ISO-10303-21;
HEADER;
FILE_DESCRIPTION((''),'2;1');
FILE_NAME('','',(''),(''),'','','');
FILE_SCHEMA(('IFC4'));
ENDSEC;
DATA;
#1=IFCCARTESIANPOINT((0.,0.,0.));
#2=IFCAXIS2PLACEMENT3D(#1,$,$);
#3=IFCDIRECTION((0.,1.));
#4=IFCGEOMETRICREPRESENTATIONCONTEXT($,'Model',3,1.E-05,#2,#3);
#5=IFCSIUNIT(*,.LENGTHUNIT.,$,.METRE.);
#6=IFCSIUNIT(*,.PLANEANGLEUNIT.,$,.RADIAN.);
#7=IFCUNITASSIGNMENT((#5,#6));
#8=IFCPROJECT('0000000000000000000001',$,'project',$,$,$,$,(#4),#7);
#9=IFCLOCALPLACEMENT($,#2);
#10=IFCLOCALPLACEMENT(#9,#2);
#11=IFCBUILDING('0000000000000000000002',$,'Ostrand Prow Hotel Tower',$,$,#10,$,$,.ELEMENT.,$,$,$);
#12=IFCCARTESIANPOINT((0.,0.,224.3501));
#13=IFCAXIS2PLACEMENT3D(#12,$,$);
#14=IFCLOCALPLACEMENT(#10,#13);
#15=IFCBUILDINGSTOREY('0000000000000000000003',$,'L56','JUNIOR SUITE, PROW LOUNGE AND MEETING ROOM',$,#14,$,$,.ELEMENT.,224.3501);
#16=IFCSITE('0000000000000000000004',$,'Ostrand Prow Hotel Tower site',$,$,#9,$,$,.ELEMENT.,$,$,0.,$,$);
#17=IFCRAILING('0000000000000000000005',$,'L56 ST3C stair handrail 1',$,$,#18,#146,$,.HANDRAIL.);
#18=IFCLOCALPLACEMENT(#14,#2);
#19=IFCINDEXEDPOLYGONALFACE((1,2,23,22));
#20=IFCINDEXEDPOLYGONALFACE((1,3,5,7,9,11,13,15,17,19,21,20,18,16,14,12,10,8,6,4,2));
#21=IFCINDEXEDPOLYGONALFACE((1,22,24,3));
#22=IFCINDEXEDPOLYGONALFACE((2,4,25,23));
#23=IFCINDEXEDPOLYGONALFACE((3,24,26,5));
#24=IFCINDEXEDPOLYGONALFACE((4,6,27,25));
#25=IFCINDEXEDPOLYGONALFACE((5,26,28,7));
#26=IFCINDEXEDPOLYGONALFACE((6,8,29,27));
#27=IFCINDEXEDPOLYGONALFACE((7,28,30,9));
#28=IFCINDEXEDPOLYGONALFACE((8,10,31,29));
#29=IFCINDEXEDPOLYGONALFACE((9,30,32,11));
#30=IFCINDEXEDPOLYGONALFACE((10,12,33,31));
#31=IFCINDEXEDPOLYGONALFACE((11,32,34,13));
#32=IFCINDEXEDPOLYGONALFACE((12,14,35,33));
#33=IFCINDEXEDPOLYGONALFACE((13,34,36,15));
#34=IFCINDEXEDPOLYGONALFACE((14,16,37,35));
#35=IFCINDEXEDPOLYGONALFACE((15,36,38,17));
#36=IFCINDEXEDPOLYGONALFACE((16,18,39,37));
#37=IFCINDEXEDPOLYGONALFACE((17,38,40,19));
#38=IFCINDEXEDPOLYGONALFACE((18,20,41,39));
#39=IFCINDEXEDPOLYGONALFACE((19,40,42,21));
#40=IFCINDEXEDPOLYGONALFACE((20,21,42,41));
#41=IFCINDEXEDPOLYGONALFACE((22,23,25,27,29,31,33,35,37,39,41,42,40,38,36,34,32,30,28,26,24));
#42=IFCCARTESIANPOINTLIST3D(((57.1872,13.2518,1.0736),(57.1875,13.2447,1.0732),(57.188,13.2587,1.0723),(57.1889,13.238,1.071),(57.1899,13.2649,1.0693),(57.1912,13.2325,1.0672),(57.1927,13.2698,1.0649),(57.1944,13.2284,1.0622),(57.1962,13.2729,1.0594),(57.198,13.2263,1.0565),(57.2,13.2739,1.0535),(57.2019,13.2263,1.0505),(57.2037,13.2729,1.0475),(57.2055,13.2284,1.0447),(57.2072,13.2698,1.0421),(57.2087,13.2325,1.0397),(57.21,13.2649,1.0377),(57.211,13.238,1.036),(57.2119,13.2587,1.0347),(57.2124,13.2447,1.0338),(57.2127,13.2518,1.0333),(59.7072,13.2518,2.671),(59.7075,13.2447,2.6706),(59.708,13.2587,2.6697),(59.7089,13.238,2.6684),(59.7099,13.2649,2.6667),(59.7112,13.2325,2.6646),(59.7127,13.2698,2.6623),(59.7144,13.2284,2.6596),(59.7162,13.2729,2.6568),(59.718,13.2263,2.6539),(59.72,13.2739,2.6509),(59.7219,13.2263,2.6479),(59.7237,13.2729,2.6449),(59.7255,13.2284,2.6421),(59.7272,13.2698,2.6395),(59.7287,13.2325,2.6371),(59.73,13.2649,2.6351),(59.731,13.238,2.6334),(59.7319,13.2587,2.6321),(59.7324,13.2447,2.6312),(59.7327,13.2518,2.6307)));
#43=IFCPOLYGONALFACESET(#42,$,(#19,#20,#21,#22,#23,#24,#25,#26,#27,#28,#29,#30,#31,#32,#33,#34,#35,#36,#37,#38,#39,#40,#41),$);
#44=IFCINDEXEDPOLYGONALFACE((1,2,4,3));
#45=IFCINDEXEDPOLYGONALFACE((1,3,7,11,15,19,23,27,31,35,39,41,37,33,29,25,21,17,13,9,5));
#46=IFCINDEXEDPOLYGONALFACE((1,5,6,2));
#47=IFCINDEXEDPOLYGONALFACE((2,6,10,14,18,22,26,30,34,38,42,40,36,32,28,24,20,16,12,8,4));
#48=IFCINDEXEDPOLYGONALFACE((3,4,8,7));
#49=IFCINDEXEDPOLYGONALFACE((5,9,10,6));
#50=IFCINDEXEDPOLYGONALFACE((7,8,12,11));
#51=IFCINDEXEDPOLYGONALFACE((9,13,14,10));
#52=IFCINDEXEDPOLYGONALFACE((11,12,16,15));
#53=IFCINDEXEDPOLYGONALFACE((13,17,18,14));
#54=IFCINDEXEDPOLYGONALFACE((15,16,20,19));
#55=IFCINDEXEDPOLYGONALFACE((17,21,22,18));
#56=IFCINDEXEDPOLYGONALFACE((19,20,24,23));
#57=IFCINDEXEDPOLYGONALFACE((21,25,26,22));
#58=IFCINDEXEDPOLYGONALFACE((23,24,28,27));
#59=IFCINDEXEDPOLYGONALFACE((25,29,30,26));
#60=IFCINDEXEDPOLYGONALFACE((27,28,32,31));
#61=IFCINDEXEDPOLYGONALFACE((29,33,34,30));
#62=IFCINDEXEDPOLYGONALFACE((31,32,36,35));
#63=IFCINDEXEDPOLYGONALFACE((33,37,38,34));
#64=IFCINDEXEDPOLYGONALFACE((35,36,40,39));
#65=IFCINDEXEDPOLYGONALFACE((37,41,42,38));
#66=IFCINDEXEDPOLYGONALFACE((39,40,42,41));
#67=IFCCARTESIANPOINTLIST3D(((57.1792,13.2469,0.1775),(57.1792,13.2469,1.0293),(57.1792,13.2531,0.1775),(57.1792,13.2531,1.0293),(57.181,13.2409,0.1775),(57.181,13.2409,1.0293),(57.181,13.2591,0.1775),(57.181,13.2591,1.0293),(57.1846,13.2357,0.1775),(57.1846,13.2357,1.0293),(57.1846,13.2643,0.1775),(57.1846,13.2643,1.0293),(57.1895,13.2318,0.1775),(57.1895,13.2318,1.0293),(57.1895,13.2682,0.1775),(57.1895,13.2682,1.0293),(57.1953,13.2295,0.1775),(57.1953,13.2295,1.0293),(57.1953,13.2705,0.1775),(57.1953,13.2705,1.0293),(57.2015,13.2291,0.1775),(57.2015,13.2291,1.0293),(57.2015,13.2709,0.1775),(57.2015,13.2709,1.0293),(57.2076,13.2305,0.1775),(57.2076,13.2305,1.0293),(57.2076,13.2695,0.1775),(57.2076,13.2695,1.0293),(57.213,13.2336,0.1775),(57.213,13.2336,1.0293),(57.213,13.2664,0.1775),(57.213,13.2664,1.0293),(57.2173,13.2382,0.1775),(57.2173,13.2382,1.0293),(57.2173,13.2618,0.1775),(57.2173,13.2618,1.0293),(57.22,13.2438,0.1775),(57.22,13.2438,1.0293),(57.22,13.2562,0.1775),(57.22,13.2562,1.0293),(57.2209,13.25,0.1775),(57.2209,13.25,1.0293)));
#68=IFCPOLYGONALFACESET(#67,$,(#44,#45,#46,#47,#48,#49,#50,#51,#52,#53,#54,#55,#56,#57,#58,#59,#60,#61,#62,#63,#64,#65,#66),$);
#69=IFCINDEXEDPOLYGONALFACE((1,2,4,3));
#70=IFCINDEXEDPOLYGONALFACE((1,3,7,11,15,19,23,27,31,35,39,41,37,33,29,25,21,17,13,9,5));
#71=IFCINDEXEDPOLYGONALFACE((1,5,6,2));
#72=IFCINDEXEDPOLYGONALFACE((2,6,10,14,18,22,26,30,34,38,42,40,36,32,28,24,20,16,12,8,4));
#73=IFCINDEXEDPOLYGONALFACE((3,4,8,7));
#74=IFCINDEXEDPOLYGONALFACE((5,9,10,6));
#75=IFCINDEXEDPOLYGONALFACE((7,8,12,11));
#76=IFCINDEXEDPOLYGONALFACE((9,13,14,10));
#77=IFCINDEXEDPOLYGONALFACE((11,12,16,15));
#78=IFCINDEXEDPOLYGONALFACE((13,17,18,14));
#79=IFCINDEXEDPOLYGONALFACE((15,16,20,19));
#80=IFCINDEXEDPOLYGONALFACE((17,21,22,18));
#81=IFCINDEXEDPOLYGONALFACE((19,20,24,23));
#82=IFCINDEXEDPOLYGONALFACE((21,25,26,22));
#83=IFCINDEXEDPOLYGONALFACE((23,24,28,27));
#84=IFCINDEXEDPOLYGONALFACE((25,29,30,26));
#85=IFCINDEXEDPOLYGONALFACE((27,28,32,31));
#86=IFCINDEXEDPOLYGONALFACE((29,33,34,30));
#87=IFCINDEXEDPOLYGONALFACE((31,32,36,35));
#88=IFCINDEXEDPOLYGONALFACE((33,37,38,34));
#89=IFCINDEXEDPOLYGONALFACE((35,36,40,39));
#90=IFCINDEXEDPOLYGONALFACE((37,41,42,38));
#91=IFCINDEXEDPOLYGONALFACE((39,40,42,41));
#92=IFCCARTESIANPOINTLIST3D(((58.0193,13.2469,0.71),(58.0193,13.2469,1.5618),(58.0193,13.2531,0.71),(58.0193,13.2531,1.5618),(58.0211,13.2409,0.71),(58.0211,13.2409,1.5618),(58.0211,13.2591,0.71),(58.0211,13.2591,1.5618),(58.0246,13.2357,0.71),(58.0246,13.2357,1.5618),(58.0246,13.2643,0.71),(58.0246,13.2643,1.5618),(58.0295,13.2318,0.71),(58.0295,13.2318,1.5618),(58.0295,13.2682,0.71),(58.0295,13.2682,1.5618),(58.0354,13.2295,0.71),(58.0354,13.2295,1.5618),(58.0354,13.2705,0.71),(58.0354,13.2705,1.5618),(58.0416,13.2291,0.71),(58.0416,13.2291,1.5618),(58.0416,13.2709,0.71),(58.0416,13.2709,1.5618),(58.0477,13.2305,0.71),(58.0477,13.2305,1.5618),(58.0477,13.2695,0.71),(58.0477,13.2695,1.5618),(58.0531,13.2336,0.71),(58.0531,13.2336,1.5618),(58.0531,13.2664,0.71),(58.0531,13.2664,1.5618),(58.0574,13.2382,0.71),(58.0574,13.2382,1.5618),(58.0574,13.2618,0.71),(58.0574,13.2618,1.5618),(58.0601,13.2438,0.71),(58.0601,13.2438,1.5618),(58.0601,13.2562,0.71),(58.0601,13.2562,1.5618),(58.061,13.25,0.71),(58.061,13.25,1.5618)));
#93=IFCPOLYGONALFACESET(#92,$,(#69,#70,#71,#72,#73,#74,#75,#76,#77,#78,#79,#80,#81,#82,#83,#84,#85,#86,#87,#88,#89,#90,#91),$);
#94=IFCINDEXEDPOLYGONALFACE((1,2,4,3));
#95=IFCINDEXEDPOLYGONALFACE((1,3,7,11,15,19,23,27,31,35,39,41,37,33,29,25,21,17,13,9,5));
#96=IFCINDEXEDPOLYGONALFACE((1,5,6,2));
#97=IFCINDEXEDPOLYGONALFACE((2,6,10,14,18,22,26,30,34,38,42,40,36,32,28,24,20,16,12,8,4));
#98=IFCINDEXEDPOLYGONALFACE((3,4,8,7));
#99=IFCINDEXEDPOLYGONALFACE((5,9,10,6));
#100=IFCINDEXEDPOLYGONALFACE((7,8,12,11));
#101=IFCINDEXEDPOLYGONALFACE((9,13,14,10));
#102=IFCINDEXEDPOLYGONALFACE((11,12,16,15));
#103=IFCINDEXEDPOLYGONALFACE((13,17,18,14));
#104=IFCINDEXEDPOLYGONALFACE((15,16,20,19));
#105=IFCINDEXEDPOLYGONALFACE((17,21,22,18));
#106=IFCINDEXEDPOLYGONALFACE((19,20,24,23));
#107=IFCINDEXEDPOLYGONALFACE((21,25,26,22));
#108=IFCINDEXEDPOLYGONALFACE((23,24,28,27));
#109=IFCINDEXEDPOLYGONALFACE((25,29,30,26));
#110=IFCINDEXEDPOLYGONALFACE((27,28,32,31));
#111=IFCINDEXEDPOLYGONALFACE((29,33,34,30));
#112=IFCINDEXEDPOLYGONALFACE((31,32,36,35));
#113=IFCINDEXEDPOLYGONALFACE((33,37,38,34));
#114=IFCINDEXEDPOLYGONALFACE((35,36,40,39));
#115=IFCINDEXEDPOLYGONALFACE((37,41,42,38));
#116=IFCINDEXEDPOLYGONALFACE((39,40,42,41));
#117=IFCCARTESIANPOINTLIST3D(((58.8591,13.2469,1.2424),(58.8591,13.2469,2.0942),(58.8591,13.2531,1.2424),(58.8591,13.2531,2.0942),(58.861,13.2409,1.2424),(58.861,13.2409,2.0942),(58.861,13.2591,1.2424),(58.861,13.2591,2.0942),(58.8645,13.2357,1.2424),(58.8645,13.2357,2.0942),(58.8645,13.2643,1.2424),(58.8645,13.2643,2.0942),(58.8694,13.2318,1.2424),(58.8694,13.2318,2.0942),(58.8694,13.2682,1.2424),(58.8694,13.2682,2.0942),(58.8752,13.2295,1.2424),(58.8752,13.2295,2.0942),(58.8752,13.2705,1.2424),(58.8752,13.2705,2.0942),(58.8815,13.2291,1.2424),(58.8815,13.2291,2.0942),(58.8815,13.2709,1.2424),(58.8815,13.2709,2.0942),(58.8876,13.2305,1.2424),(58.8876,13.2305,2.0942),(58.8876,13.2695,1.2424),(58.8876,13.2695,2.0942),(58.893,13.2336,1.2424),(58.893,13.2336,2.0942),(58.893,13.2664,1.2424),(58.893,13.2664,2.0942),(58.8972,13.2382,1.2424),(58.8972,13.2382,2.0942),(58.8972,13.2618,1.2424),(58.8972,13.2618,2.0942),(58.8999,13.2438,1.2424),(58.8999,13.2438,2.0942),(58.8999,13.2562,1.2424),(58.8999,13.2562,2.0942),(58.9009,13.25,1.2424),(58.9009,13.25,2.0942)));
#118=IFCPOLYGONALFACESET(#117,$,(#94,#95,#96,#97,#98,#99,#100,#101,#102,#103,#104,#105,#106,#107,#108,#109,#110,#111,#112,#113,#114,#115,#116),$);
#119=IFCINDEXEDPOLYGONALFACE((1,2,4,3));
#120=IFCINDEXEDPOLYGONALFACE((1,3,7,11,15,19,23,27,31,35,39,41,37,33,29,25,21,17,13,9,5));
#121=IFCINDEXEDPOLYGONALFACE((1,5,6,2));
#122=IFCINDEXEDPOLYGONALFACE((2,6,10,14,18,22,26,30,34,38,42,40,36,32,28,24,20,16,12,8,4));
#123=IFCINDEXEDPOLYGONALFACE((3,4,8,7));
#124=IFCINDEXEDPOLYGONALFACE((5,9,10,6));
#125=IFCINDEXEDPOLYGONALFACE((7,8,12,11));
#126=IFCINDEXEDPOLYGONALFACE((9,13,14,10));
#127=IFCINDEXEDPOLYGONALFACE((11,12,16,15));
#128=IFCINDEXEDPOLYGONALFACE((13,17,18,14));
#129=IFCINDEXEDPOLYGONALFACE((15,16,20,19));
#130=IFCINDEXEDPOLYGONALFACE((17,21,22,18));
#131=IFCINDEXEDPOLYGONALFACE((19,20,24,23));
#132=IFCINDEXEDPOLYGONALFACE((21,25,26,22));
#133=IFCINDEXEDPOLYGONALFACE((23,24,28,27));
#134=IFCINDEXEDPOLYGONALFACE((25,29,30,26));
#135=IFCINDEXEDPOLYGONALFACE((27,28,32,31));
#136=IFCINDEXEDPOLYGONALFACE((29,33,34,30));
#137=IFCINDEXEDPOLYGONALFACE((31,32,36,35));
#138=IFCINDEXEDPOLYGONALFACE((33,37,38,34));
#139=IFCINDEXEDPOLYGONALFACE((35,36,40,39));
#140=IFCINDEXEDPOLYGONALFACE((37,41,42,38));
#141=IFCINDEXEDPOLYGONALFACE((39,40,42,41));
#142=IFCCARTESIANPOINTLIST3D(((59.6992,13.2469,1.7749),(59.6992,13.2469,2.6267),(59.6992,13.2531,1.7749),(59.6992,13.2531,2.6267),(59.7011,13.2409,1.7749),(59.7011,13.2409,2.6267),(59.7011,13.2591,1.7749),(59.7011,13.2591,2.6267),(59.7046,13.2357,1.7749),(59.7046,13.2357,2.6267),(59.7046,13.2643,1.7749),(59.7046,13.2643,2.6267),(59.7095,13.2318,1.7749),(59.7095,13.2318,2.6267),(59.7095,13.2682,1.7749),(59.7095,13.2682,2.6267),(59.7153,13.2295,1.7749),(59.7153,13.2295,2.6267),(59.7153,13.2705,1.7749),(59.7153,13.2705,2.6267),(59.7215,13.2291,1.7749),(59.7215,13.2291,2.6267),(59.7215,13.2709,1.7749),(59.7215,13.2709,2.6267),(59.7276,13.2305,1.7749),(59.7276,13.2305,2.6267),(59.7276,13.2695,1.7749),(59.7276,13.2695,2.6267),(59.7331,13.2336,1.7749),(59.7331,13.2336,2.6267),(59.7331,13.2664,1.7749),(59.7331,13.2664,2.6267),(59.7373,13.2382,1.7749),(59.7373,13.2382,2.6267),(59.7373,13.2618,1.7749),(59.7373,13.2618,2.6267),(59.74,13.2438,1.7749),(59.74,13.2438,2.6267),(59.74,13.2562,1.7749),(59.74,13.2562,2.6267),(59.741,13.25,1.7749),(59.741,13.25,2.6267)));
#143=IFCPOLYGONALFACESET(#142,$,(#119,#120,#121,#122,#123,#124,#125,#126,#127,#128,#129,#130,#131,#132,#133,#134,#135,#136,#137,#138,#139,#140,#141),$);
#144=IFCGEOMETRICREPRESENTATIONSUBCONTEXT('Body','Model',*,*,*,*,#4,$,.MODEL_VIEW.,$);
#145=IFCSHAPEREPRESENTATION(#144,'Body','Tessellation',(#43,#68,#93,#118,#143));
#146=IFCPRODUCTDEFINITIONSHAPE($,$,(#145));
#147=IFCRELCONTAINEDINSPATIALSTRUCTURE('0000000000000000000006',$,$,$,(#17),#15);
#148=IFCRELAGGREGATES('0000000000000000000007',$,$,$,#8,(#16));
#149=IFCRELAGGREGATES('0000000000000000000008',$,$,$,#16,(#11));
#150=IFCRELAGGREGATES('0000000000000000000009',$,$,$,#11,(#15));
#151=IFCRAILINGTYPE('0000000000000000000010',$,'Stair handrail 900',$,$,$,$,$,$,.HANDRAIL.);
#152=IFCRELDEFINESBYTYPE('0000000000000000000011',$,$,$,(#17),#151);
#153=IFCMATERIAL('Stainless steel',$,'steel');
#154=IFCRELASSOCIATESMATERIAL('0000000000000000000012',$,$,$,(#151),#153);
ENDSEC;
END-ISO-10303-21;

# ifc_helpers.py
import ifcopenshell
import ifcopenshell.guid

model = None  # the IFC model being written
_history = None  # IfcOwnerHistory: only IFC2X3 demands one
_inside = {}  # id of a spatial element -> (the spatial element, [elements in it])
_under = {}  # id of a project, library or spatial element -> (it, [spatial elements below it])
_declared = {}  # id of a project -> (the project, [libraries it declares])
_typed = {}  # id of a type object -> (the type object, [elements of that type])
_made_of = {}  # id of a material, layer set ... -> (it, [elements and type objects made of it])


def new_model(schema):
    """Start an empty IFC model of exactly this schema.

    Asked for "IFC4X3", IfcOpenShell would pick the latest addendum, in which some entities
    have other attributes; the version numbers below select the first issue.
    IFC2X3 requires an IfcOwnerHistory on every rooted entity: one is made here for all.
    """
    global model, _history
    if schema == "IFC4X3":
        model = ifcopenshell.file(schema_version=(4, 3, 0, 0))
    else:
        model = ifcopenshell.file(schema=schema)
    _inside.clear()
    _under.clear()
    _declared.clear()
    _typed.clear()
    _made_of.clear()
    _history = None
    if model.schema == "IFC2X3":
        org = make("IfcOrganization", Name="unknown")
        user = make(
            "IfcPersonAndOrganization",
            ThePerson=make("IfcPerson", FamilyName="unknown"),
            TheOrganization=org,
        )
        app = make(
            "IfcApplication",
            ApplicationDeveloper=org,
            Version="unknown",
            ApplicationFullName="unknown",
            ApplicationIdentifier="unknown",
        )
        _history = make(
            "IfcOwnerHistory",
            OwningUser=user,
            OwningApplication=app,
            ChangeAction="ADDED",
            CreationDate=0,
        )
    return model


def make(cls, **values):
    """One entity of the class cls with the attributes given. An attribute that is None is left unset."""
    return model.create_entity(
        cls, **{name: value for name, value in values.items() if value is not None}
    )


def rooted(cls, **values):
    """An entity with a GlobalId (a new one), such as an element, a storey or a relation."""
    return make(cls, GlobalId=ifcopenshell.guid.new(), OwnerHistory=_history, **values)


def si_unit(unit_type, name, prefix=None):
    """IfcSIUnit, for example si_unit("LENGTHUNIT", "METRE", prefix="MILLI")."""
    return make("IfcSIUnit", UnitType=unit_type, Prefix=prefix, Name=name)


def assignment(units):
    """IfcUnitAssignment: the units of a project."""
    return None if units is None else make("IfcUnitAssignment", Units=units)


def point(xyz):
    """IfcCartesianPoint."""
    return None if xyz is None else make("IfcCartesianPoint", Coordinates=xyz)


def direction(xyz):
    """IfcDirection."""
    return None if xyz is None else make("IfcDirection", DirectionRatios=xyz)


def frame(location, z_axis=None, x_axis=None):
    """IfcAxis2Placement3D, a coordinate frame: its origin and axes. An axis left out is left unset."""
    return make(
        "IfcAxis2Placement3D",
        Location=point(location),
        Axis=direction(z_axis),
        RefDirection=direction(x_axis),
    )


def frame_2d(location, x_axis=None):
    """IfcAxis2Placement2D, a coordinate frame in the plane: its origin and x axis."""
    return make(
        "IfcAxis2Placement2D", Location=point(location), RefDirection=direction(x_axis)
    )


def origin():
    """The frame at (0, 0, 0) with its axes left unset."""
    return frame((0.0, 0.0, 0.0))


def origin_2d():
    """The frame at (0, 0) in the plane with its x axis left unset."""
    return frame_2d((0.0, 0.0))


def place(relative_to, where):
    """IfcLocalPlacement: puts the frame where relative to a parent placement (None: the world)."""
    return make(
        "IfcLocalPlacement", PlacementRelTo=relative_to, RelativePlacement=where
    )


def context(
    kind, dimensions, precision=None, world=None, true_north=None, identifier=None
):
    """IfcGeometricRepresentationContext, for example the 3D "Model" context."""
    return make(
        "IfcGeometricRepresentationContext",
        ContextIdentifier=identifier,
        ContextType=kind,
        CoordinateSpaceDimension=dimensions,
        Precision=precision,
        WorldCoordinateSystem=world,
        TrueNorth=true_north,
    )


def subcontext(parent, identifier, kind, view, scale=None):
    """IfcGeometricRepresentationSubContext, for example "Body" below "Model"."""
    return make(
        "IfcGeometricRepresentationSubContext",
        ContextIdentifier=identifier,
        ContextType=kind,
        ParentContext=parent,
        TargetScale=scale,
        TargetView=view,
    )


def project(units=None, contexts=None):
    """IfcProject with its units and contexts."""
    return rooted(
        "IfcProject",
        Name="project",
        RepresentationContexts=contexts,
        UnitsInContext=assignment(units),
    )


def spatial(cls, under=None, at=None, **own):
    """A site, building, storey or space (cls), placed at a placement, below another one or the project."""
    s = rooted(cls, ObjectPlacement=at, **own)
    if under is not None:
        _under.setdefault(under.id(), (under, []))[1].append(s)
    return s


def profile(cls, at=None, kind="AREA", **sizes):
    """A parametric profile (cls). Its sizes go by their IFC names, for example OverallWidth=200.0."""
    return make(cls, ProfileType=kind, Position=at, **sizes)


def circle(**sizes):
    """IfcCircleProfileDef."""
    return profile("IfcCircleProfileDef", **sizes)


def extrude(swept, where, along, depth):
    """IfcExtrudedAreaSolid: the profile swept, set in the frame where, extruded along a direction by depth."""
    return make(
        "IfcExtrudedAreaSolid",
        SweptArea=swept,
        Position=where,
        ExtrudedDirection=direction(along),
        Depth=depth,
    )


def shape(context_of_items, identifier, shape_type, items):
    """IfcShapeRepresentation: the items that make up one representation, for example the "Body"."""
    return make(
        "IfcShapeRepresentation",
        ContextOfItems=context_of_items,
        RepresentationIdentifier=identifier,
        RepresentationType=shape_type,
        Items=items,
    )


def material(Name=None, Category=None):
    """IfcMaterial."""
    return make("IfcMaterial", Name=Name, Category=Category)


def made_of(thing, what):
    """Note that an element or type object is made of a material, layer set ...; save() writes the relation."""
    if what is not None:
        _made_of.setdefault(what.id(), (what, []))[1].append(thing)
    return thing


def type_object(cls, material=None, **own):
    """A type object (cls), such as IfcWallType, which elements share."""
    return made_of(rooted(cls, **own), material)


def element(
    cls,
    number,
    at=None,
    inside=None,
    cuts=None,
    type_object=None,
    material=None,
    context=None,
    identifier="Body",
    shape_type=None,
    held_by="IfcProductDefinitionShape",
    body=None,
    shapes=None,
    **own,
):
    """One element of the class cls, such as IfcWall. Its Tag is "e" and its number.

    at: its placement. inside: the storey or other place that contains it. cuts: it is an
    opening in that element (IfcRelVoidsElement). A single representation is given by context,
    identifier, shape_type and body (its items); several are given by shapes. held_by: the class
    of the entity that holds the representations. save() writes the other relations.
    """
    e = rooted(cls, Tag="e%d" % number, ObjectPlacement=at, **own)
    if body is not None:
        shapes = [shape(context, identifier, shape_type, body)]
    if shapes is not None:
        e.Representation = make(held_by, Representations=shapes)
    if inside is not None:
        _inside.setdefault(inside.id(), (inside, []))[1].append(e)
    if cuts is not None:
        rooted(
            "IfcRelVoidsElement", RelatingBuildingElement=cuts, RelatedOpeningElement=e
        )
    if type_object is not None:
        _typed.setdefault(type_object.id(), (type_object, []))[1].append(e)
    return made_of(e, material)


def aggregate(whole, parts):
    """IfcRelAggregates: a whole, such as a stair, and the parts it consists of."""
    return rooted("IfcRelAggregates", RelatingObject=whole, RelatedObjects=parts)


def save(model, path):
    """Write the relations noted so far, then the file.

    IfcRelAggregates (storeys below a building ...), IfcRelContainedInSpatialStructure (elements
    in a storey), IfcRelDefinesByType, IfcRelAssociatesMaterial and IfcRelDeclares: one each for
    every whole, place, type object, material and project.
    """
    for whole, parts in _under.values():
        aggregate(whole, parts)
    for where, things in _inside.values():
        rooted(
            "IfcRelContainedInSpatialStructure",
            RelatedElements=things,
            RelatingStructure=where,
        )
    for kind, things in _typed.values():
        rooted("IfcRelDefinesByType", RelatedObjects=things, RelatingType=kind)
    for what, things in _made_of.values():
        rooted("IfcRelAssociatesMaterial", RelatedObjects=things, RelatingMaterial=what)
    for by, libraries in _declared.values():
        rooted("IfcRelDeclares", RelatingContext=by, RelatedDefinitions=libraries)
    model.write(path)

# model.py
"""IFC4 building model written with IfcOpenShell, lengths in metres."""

from ifc_helpers import new_model, si_unit, direction, frame, origin, origin_2d, place, context, subcontext, project, spatial, circle, extrude, material, type_object, element, save


model = new_model("IFC4")

# Units and contexts
model_context = context("Model", 3, precision=1e-05, world=origin(), true_north=direction((0.0, 1.0)))
body_context = subcontext(model_context, "Body", "Model", "MODEL_VIEW")
ifc_project = project(units=[si_unit("LENGTHUNIT", "METRE"), si_unit("PLANEANGLEUNIT", "RADIAN")], contexts=[model_context])

# Site, building, storey
site_placement = place(None, origin())
site = spatial("IfcSite", under=ifc_project, at=site_placement, Name="Ostrand Prow Hotel Tower site", CompositionType="ELEMENT", RefElevation=0.0)
building_placement = place(site_placement, origin())
building = spatial("IfcBuilding", under=site, at=building_placement, Name="Ostrand Prow Hotel Tower", CompositionType="ELEMENT")
storey_placement = place(building_placement, frame((0.0, 0.0, 224.3501)))
storey = spatial("IfcBuildingStorey", under=building, at=storey_placement, Name="L56", Description="JUNIOR SUITE, PROW LOUNGE AND MEETING ROOM", CompositionType="ELEMENT", Elevation=224.3501)

# Railing
ifc_material_1 = material(Name="Stainless steel", Category="steel")
railing_type_1 = type_object("IfcRailingType", Name="Stair handrail 900", PredefinedType="HANDRAIL", material=ifc_material_1)
railing_1_placement = place(storey_placement, frame((57.2, 13.25, 0.1775)))
element("IfcRailing", 1, at=railing_1_placement, inside=storey, type_object=railing_type_1, Name="L56 ST3C stair handrail 1", PredefinedType="HANDRAIL", context=body_context, shape_type="SweptSolid", body=[
    extrude(circle(Radius=0.0239, at=origin_2d()), frame((0.0, 0.0, 0.876), z_axis=(0.844607, 0.0, 0.535387), x_axis=(0.0, 1.0, 0.0)), (0.0, 0.0, 1.0), 2.9836),
    extrude(circle(Radius=0.021, at=origin_2d()), origin(), (0.0, 0.0, 1.0), 0.8518),
    extrude(circle(Radius=0.021, at=origin_2d()), frame((0.8401, 0.0, 0.5325)), (0.0, 0.0, 1.0), 0.8518),
    extrude(circle(Radius=0.021, at=origin_2d()), frame((1.6799, 0.0, 1.0649)), (0.0, 0.0, 1.0), 0.8518),
    extrude(circle(Radius=0.021, at=origin_2d()), frame((2.52, 0.0, 1.5974)), (0.0, 0.0, 1.0), 0.8518),
])

save(model, "model.ifc")
